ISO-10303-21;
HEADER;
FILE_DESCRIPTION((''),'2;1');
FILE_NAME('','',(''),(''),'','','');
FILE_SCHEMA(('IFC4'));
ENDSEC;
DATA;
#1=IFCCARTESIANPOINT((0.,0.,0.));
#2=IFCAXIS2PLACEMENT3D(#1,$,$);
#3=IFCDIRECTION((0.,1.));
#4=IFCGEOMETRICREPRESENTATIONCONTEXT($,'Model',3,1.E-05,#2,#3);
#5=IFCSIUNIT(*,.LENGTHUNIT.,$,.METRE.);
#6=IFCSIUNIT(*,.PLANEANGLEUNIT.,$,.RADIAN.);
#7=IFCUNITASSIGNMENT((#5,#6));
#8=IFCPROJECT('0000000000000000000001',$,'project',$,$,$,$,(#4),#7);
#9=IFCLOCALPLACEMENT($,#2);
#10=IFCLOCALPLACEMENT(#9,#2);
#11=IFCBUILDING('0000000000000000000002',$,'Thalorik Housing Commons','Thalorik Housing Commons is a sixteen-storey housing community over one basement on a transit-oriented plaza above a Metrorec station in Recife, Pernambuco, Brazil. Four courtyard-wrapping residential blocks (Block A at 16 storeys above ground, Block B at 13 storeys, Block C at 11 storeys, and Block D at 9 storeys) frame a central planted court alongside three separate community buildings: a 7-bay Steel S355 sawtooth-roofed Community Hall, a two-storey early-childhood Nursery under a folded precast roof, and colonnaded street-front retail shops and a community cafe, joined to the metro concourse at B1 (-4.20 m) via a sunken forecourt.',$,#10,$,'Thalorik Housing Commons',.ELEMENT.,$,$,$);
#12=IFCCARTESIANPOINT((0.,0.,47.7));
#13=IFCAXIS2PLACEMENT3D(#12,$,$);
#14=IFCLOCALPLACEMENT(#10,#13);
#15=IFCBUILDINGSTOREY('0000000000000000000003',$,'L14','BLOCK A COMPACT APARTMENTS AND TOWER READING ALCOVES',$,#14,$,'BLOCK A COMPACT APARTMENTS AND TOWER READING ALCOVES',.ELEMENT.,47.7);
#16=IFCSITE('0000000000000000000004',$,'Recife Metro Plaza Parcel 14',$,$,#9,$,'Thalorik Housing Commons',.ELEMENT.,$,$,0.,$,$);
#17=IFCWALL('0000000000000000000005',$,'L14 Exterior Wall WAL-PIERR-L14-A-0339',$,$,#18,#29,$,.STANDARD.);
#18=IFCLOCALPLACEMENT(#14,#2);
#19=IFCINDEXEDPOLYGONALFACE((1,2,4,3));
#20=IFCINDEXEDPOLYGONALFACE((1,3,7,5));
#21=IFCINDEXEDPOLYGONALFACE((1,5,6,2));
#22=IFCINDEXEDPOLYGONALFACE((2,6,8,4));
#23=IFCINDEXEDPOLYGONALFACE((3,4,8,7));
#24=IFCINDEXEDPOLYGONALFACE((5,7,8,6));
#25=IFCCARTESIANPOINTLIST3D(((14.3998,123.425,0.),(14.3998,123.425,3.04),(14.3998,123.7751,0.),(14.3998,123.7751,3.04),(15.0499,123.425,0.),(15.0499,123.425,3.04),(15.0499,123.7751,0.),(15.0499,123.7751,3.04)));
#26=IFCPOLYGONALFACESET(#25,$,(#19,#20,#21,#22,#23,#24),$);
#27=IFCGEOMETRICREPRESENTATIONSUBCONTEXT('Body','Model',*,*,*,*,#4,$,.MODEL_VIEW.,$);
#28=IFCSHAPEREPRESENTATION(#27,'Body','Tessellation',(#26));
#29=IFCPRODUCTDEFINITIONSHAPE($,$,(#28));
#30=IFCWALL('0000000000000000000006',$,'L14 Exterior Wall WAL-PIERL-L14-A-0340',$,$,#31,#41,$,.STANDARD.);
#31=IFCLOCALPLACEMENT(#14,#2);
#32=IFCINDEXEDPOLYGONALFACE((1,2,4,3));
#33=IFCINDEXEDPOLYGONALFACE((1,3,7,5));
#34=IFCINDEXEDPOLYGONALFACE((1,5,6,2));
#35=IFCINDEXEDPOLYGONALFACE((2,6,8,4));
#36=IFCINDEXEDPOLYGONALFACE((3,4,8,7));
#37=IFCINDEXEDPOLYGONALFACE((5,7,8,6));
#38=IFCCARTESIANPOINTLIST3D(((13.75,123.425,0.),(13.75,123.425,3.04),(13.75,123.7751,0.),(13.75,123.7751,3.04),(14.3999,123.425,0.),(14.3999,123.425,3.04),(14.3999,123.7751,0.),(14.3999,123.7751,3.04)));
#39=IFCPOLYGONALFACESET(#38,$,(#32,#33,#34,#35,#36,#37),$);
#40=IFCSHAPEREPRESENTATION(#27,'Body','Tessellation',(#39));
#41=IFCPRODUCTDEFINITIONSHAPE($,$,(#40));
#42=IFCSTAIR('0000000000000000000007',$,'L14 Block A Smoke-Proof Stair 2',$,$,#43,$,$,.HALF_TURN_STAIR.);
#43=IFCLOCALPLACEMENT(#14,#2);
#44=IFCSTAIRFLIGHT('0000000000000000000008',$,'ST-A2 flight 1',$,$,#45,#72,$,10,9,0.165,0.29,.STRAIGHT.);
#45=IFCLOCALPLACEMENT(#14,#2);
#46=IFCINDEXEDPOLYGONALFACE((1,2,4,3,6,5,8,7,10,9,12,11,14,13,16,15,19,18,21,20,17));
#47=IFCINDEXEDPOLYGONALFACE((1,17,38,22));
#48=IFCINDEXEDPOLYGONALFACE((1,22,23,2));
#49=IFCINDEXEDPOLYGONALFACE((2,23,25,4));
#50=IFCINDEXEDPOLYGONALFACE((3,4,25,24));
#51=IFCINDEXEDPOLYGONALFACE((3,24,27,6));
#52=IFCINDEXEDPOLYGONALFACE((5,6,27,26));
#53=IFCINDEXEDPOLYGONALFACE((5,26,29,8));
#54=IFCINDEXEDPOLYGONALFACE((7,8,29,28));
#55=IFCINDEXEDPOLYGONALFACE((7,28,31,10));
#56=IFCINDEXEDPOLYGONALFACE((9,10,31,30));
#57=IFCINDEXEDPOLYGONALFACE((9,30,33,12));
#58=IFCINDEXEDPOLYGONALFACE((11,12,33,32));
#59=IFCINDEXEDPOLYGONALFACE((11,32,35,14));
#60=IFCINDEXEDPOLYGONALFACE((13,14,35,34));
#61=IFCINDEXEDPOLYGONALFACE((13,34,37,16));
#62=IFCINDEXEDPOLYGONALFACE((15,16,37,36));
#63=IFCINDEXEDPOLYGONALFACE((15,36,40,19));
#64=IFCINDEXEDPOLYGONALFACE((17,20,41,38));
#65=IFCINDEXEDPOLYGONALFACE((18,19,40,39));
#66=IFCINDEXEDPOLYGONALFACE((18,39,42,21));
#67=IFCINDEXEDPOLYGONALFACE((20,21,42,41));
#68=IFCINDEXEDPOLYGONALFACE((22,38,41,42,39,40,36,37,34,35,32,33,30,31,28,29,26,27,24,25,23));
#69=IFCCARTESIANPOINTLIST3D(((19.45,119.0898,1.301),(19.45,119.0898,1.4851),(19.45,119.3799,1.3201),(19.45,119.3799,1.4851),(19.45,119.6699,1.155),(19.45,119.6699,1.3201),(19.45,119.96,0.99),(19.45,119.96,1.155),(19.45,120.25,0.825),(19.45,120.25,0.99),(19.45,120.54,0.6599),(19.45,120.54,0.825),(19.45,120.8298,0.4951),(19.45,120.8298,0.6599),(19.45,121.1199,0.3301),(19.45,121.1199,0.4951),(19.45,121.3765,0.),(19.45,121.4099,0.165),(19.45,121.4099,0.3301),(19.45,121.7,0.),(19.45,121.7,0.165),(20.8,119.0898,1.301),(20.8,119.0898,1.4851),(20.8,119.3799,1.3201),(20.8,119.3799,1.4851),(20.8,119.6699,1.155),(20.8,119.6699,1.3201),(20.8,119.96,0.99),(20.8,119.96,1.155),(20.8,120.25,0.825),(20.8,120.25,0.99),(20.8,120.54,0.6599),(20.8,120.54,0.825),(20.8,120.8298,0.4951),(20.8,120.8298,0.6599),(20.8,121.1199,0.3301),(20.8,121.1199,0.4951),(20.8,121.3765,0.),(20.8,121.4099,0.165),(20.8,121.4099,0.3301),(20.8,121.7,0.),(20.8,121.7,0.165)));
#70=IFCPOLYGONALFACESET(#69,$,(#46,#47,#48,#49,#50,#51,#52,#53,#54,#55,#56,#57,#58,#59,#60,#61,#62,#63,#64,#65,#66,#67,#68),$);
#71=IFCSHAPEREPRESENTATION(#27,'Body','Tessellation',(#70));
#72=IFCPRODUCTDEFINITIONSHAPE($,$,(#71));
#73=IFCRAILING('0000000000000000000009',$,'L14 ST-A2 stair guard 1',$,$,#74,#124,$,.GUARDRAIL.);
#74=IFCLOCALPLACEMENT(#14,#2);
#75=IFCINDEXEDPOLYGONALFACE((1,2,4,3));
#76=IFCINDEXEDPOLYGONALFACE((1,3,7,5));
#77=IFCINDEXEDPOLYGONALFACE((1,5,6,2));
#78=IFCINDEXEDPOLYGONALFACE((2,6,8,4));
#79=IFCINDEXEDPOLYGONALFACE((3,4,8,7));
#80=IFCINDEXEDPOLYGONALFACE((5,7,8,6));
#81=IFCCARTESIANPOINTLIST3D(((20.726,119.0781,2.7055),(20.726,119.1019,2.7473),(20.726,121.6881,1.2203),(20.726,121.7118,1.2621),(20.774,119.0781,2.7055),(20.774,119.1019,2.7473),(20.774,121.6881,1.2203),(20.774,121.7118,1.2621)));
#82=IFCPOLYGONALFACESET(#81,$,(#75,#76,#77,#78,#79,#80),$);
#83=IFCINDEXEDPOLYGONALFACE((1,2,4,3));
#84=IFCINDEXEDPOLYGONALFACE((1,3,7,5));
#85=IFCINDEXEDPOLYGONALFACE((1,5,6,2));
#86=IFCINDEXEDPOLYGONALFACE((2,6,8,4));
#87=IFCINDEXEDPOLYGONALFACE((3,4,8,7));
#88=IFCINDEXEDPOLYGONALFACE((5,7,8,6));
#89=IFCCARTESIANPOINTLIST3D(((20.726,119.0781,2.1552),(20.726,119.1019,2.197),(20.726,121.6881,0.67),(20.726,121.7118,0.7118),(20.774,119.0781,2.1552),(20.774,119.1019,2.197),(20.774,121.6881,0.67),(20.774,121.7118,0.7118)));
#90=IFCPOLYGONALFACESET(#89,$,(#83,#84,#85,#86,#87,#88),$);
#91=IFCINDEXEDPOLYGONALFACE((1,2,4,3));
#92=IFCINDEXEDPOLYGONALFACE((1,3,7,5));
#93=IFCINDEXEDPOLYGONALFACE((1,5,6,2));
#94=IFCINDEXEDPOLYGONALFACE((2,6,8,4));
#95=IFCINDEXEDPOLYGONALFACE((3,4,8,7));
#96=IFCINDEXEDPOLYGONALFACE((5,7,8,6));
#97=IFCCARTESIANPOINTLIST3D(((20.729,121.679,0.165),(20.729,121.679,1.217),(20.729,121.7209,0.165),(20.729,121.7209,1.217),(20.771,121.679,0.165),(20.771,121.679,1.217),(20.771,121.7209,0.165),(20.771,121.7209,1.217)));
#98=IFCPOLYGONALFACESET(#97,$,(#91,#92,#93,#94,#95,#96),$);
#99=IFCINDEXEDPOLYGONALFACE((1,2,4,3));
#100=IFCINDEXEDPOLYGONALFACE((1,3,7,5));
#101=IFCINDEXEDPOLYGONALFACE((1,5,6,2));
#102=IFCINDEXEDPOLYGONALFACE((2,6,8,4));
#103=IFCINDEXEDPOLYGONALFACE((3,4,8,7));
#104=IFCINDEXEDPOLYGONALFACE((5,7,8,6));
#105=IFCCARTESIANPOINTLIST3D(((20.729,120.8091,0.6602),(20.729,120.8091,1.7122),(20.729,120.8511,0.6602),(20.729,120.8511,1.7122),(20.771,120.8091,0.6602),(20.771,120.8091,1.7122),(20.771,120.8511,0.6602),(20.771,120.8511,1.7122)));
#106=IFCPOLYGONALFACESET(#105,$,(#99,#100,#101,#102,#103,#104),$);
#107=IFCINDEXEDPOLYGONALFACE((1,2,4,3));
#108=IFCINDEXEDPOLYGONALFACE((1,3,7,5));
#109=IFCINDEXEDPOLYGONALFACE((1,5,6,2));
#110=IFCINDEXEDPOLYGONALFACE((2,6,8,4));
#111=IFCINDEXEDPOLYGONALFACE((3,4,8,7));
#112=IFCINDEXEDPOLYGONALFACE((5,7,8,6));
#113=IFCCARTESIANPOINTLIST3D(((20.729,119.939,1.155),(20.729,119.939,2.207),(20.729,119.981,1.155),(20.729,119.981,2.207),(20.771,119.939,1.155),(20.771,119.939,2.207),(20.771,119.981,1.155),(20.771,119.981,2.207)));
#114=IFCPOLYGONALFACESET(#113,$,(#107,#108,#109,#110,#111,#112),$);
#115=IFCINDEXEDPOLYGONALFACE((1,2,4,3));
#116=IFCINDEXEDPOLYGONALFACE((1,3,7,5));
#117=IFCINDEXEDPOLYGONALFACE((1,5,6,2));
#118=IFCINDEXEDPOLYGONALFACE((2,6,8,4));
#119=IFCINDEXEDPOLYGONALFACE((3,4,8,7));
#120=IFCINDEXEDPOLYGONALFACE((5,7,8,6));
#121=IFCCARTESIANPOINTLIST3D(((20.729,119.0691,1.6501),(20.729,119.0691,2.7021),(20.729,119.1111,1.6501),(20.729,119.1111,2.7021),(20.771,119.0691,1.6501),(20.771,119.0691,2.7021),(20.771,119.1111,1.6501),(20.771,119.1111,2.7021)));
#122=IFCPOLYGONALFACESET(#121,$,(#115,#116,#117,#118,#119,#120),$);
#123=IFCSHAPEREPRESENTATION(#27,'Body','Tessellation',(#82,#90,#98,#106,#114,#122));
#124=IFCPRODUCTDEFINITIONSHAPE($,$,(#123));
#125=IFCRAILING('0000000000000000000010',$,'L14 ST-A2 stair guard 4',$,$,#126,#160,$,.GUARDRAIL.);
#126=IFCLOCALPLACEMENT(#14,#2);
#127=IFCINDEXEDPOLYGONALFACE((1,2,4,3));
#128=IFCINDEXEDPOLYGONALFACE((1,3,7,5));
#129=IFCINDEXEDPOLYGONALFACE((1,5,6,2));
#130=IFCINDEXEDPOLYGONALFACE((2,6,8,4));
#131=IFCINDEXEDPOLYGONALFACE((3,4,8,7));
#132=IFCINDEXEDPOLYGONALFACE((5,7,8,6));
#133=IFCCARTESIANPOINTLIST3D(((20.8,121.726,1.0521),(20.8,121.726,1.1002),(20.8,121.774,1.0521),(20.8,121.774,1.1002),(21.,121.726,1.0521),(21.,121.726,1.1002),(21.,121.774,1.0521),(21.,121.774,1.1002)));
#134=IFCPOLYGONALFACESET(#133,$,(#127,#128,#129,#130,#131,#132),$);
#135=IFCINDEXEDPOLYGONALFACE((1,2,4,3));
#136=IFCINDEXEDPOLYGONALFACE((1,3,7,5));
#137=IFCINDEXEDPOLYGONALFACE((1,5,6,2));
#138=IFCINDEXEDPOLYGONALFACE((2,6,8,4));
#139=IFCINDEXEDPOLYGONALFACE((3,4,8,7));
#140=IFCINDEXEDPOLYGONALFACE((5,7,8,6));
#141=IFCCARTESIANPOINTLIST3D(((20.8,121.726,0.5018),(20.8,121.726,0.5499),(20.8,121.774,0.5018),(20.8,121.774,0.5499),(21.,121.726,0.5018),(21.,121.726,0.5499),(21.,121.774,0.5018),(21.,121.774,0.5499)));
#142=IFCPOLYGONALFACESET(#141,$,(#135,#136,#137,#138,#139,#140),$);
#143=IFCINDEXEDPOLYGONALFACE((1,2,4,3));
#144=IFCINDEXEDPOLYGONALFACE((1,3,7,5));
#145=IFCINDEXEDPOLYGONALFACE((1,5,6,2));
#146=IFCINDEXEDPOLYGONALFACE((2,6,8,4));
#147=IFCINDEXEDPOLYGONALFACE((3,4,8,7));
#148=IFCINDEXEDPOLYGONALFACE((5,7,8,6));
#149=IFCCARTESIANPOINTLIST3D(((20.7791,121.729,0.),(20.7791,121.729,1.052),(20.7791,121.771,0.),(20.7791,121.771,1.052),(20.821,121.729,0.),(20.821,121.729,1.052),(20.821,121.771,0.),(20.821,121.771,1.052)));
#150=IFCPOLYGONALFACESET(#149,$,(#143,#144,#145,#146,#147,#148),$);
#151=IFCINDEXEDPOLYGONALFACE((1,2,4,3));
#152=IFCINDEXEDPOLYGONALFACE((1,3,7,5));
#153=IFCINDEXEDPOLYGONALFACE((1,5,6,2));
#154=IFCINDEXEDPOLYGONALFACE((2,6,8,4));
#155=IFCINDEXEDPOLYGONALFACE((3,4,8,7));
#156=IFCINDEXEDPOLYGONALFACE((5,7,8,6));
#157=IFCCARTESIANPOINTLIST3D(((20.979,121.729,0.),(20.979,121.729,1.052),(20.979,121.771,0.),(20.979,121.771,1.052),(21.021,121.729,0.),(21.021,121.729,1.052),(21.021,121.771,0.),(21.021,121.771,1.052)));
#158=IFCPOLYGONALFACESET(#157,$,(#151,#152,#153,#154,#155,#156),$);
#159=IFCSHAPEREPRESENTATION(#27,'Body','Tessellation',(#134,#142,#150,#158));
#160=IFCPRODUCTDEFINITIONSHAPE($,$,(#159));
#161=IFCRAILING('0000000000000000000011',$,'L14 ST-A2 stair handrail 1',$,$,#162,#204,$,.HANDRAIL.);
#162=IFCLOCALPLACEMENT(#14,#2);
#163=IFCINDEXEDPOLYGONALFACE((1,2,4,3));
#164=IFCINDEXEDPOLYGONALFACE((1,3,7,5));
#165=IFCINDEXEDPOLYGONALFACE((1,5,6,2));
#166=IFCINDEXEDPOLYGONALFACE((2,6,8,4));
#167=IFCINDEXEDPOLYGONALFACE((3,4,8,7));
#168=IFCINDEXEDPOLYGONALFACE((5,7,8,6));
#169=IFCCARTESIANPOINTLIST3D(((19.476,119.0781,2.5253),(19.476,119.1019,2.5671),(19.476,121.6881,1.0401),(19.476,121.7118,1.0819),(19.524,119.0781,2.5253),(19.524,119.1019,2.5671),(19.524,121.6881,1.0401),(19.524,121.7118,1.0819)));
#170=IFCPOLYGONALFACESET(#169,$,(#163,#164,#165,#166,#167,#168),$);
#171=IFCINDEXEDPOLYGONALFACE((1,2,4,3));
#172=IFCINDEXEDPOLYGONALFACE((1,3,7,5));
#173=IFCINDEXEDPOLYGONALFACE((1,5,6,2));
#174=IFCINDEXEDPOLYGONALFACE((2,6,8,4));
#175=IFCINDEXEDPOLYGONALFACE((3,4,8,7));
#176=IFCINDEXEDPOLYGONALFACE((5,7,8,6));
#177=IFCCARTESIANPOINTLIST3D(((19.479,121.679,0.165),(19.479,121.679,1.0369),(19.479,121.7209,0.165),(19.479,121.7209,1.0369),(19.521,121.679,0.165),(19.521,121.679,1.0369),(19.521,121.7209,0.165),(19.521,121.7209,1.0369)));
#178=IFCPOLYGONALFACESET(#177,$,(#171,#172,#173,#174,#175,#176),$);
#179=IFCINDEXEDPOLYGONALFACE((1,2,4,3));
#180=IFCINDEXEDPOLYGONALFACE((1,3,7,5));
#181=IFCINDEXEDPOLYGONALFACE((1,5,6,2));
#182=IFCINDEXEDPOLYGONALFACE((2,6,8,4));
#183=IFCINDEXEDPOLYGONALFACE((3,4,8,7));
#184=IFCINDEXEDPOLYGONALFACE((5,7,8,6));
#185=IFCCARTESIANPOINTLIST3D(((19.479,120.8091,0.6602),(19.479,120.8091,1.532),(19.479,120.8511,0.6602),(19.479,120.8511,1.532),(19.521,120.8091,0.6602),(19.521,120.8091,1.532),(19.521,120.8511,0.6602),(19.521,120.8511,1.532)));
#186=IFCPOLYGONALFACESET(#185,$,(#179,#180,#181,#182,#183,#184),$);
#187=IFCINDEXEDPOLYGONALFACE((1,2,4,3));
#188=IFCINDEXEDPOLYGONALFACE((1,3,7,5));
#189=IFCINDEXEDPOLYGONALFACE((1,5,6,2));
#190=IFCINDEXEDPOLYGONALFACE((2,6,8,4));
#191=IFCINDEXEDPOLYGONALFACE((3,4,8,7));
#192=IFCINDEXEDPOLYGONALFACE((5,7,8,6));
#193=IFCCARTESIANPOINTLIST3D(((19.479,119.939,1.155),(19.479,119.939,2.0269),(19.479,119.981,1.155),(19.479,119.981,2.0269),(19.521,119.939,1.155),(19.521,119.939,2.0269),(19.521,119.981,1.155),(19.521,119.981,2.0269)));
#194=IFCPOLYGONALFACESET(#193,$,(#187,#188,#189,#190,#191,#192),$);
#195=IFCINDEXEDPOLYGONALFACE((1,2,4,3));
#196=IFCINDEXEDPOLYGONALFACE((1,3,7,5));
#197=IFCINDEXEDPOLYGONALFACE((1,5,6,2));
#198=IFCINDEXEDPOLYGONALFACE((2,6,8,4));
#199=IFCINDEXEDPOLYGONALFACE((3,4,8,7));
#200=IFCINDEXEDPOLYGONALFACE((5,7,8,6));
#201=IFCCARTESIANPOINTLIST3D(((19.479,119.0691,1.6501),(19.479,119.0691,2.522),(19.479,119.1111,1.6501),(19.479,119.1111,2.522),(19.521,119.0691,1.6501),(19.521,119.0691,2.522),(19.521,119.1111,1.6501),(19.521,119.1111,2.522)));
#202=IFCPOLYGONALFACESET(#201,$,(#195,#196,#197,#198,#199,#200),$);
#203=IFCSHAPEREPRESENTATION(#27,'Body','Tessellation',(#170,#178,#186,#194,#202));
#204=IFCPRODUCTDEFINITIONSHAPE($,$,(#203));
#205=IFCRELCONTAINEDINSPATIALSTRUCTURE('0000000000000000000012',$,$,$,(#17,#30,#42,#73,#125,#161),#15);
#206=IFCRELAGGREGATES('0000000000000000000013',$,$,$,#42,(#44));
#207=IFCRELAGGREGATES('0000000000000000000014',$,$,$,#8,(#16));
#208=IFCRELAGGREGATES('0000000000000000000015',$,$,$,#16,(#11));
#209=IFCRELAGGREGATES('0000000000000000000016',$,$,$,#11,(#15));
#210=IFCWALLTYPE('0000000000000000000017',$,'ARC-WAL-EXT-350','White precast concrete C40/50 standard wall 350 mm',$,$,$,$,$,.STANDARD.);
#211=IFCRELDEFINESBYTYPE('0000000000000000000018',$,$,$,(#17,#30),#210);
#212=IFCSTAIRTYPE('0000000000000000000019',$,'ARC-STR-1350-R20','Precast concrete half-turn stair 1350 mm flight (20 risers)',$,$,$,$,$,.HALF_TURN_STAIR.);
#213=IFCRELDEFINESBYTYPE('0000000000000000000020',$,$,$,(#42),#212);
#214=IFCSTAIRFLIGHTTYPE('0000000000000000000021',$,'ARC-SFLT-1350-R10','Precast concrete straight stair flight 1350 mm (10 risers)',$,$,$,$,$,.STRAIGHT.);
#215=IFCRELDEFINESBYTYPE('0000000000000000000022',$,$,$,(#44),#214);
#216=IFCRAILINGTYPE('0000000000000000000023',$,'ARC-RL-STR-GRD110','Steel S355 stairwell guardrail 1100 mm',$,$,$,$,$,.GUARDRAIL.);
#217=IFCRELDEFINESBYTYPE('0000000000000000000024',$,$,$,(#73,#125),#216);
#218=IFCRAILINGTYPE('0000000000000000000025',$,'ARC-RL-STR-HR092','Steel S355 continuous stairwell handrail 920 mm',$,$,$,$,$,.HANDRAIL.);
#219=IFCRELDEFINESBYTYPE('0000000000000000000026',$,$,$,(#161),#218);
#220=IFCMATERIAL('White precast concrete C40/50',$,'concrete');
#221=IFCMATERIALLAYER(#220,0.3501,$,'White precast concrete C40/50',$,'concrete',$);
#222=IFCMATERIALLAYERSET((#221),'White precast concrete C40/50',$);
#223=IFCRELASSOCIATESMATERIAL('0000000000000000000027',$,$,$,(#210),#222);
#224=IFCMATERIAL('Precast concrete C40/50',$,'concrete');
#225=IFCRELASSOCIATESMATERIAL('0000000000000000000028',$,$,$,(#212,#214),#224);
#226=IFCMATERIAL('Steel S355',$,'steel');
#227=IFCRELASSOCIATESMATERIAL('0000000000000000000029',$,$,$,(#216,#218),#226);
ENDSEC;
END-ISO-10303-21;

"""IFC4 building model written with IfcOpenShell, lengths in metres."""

from ifc_helpers import new_model, si_unit, direction, frame, frame_2d, origin, origin_2d, place, context, subcontext, project, spatial, polyline, rectangle, outline, extrude, material, layer, layer_set, type_object, element, aggregate, save


model = new_model("IFC4")

# Units and contexts
model_context = context("Model", 3, precision=1e-05, world=origin(), true_north=direction((0.0, 1.0)))
body_context = subcontext(model_context, "Body", "Model", "MODEL_VIEW")
ifc_project = project(units=[si_unit("LENGTHUNIT", "METRE"), si_unit("PLANEANGLEUNIT", "RADIAN")], contexts=[model_context])

# Site, building, storey
site_placement = place(None, origin())
site = spatial("IfcSite", under=ifc_project, at=site_placement, Name="Recife Metro Plaza Parcel 14", LongName="Thalorik Housing Commons", CompositionType="ELEMENT", RefElevation=0.0)
building_placement = place(site_placement, origin())
building = spatial("IfcBuilding", under=site, at=building_placement, Name="Thalorik Housing Commons", Description="Thalorik Housing Commons is a sixteen-storey housing community over one basement on a transit-oriented plaza above a Metrorec station in Recife, Pernambuco, Brazil. Four courtyard-wrapping residential blocks (Block A at 16 storeys above ground, Block B at 13 storeys, Block C at 11 storeys, and Block D at 9 storeys) frame a central planted court alongside three separate community buildings: a 7-bay Steel S355 sawtooth-roofed Community Hall, a two-storey early-childhood Nursery under a folded precast roof, and colonnaded street-front retail shops and a community cafe, joined to the metro concourse at B1 (-4.20 m) via a sunken forecourt.", LongName="Thalorik Housing Commons", CompositionType="ELEMENT")
storey_placement = place(building_placement, frame((0.0, 0.0, 47.7)))
storey = spatial("IfcBuildingStorey", under=building, at=storey_placement, Name="L14", Description="BLOCK A COMPACT APARTMENTS AND TOWER READING ALCOVES", LongName="BLOCK A COMPACT APARTMENTS AND TOWER READING ALCOVES", CompositionType="ELEMENT", Elevation=47.7)

# Shared definitions
ifc_material_1 = material(Name="Precast concrete C40/50", Category="concrete")

# Shared definitions
ifc_material_2 = material(Name="Steel S355", Category="steel")

# Walls
ifc_material_3 = material(Name="White precast concrete C40/50", Category="concrete")
ifc_layer_1 = layer(ifc_material_3, 0.3501, Name="White precast concrete C40/50", Category="concrete")
ifc_layer_set_1 = layer_set([ifc_layer_1], Name="White precast concrete C40/50")
wall_type_1 = type_object("IfcWallType", Name="ARC-WAL-EXT-350", Description="White precast concrete C40/50 standard wall 350 mm", PredefinedType="STANDARD", material=ifc_layer_set_1)
wall_1_placement = place(storey_placement, frame((15.05, 123.6001, 0.0), z_axis=(0.0, 0.0, 1.0), x_axis=(-1.0, 0.0, 0.0)))
element("IfcWall", 1, at=wall_1_placement, inside=storey, type_object=wall_type_1, Name="L14 Exterior Wall WAL-PIERR-L14-A-0339", PredefinedType="STANDARD", context=body_context, shape_type="SweptSolid", body=[
    extrude(rectangle(XDim=0.6501, YDim=0.3501, at=frame_2d((0.3252, 0.0))), origin(), (0.0, 0.0, 1.0), 3.04),
])
wall_2_placement = place(storey_placement, frame((14.3999, 123.6001, 0.0), z_axis=(0.0, 0.0, 1.0), x_axis=(-1.0, 0.0, 0.0)))
element("IfcWall", 2, at=wall_2_placement, inside=storey, type_object=wall_type_1, Name="L14 Exterior Wall WAL-PIERL-L14-A-0340", PredefinedType="STANDARD", context=body_context, shape_type="SweptSolid", body=[
    extrude(rectangle(XDim=0.6499, YDim=0.3501, at=frame_2d((0.325, 0.0))), origin(), (0.0, 0.0, 1.0), 3.04),
])

# Stair, stair flight
stair_type = type_object("IfcStairType", Name="ARC-STR-1350-R20", Description="Precast concrete half-turn stair 1350 mm flight (20 risers)", PredefinedType="HALF_TURN_STAIR", material=ifc_material_1)
stair_placement = place(storey_placement, origin())
stair = element("IfcStair", 3, at=stair_placement, inside=storey, type_object=stair_type, Name="L14 Block A Smoke-Proof Stair 2", PredefinedType="HALF_TURN_STAIR")
stair_flight_type = type_object("IfcStairFlightType", Name="ARC-SFLT-1350-R10", Description="Precast concrete straight stair flight 1350 mm (10 risers)", PredefinedType="STRAIGHT", material=ifc_material_1)
stair_flight_placement = place(storey_placement, frame((20.125, 121.7, 0.0), z_axis=(0.0, 0.0, 1.0), x_axis=(0.0, -1.0, 0.0)))
stair_flight = element("IfcStairFlight", 4, at=stair_flight_placement, type_object=stair_flight_type, Name="ST-A2 flight 1", NumberOfRisers=10, NumberOfTreads=9, PredefinedType="STRAIGHT", RiserHeight=0.165, TreadLength=0.29, context=body_context, shape_type="SweptSolid", body=[
    extrude(outline(polyline([(0.0, 0.0), (0.0, 0.165), (0.29, 0.165), (0.29, 0.3301), (0.5801, 0.3301), (0.5801, 0.4951), (0.8701, 0.4951), (0.8701, 0.6599), (1.1599, 0.6599), (1.1599, 0.825), (1.45, 0.825), (1.45, 0.99), (1.74, 0.99), (1.74, 1.155), (2.03, 1.155), (2.03, 1.3201), (2.3201, 1.3201), (2.3201, 1.4851), (2.6101, 1.4851), (2.6101, 1.6499), (2.6101, 1.301), (0.3235, 0.0), (0.0, 0.0)])), frame((0.0, 0.675, 0.0), z_axis=(0.0, -1.0, 0.0), x_axis=(1.0, 0.0, 0.0)), (0.0, 0.0, 1.0), 1.3501),
])
aggregate(stair, [stair_flight])

# Railings
railing_type_1 = type_object("IfcRailingType", Name="ARC-RL-STR-GRD110", Description="Steel S355 stairwell guardrail 1100 mm", PredefinedType="GUARDRAIL", material=ifc_material_2)
railing_1_placement = place(storey_placement, frame((20.75, 121.7, 0.165)))
element("IfcRailing", 5, at=railing_1_placement, inside=storey, type_object=railing_type_1, Name="L14 ST-A2 stair guard 1", PredefinedType="GUARDRAIL", context=body_context, shape_type="SweptSolid", body=[
    extrude(rectangle(XDim=0.0481, YDim=0.0481, at=origin_2d()), frame((0.0, 0.0, 1.0762), z_axis=(0.0, -0.869137, 0.494571), x_axis=(1.0, 0.0, 0.0)), (0.0, 0.0, 1.0), 3.0029),
    extrude(rectangle(XDim=0.0481, YDim=0.0481, at=origin_2d()), frame((0.0, 0.0, 0.5259), z_axis=(0.0, -0.869137, 0.494571), x_axis=(1.0, 0.0, 0.0)), (0.0, 0.0, 1.0), 3.0029),
    extrude(rectangle(XDim=0.042, YDim=0.042, at=origin_2d()), origin(), (0.0, 0.0, 1.0), 1.052),
    extrude(rectangle(XDim=0.042, YDim=0.042, at=origin_2d()), frame((0.0, -0.8699, 0.4951)), (0.0, 0.0, 1.0), 1.052),
    extrude(rectangle(XDim=0.042, YDim=0.042, at=origin_2d()), frame((0.0, -1.74, 0.99)), (0.0, 0.0, 1.0), 1.052),
    extrude(rectangle(XDim=0.042, YDim=0.042, at=origin_2d()), frame((0.0, -2.6099, 1.4851)), (0.0, 0.0, 1.0), 1.052),
])
railing_2_placement = place(storey_placement, frame((20.8, 121.75, 0.0)))
element("IfcRailing", 6, at=railing_2_placement, inside=storey, type_object=railing_type_1, Name="L14 ST-A2 stair guard 4", PredefinedType="GUARDRAIL", context=body_context, shape_type="SweptSolid", body=[
    extrude(rectangle(XDim=0.0481, YDim=0.0481, at=origin_2d()), frame((0.0, 0.0, 1.0762), z_axis=(1.0, 0.0, 0.0), x_axis=(0.0, 1.0, 0.0)), (0.0, 0.0, 1.0), 0.2),
    extrude(rectangle(XDim=0.0481, YDim=0.0481, at=origin_2d()), frame((0.0, 0.0, 0.5259), z_axis=(1.0, 0.0, 0.0), x_axis=(0.0, 1.0, 0.0)), (0.0, 0.0, 1.0), 0.2),
    extrude(rectangle(XDim=0.042, YDim=0.042, at=origin_2d()), origin(), (0.0, 0.0, 1.0), 1.052),
    extrude(rectangle(XDim=0.042, YDim=0.042, at=origin_2d()), frame((0.2, 0.0, 0.0)), (0.0, 0.0, 1.0), 1.052),
])
railing_type_2 = type_object("IfcRailingType", Name="ARC-RL-STR-HR092", Description="Steel S355 continuous stairwell handrail 920 mm", PredefinedType="HANDRAIL", material=ifc_material_2)
railing_3_placement = place(storey_placement, frame((19.5, 121.7, 0.165)))
element("IfcRailing", 7, at=railing_3_placement, inside=storey, type_object=railing_type_2, Name="L14 ST-A2 stair handrail 1", PredefinedType="HANDRAIL", context=body_context, shape_type="SweptSolid", body=[
    extrude(rectangle(XDim=0.0481, YDim=0.0481, at=origin_2d()), frame((0.0, 0.0, 0.896), z_axis=(0.0, -0.869137, 0.494571), x_axis=(1.0, 0.0, 0.0)), (0.0, 0.0, 1.0), 3.0029),
    extrude(rectangle(XDim=0.042, YDim=0.042, at=origin_2d()), origin(), (0.0, 0.0, 1.0), 0.8718),
    extrude(rectangle(XDim=0.042, YDim=0.042, at=origin_2d()), frame((0.0, -0.8699, 0.4951)), (0.0, 0.0, 1.0), 0.8718),
    extrude(rectangle(XDim=0.042, YDim=0.042, at=origin_2d()), frame((0.0, -1.74, 0.99)), (0.0, 0.0, 1.0), 0.8718),
    extrude(rectangle(XDim=0.042, YDim=0.042, at=origin_2d()), frame((0.0, -2.6099, 1.4851)), (0.0, 0.0, 1.0), 0.8718),
])

save(model, "model.ifc")
